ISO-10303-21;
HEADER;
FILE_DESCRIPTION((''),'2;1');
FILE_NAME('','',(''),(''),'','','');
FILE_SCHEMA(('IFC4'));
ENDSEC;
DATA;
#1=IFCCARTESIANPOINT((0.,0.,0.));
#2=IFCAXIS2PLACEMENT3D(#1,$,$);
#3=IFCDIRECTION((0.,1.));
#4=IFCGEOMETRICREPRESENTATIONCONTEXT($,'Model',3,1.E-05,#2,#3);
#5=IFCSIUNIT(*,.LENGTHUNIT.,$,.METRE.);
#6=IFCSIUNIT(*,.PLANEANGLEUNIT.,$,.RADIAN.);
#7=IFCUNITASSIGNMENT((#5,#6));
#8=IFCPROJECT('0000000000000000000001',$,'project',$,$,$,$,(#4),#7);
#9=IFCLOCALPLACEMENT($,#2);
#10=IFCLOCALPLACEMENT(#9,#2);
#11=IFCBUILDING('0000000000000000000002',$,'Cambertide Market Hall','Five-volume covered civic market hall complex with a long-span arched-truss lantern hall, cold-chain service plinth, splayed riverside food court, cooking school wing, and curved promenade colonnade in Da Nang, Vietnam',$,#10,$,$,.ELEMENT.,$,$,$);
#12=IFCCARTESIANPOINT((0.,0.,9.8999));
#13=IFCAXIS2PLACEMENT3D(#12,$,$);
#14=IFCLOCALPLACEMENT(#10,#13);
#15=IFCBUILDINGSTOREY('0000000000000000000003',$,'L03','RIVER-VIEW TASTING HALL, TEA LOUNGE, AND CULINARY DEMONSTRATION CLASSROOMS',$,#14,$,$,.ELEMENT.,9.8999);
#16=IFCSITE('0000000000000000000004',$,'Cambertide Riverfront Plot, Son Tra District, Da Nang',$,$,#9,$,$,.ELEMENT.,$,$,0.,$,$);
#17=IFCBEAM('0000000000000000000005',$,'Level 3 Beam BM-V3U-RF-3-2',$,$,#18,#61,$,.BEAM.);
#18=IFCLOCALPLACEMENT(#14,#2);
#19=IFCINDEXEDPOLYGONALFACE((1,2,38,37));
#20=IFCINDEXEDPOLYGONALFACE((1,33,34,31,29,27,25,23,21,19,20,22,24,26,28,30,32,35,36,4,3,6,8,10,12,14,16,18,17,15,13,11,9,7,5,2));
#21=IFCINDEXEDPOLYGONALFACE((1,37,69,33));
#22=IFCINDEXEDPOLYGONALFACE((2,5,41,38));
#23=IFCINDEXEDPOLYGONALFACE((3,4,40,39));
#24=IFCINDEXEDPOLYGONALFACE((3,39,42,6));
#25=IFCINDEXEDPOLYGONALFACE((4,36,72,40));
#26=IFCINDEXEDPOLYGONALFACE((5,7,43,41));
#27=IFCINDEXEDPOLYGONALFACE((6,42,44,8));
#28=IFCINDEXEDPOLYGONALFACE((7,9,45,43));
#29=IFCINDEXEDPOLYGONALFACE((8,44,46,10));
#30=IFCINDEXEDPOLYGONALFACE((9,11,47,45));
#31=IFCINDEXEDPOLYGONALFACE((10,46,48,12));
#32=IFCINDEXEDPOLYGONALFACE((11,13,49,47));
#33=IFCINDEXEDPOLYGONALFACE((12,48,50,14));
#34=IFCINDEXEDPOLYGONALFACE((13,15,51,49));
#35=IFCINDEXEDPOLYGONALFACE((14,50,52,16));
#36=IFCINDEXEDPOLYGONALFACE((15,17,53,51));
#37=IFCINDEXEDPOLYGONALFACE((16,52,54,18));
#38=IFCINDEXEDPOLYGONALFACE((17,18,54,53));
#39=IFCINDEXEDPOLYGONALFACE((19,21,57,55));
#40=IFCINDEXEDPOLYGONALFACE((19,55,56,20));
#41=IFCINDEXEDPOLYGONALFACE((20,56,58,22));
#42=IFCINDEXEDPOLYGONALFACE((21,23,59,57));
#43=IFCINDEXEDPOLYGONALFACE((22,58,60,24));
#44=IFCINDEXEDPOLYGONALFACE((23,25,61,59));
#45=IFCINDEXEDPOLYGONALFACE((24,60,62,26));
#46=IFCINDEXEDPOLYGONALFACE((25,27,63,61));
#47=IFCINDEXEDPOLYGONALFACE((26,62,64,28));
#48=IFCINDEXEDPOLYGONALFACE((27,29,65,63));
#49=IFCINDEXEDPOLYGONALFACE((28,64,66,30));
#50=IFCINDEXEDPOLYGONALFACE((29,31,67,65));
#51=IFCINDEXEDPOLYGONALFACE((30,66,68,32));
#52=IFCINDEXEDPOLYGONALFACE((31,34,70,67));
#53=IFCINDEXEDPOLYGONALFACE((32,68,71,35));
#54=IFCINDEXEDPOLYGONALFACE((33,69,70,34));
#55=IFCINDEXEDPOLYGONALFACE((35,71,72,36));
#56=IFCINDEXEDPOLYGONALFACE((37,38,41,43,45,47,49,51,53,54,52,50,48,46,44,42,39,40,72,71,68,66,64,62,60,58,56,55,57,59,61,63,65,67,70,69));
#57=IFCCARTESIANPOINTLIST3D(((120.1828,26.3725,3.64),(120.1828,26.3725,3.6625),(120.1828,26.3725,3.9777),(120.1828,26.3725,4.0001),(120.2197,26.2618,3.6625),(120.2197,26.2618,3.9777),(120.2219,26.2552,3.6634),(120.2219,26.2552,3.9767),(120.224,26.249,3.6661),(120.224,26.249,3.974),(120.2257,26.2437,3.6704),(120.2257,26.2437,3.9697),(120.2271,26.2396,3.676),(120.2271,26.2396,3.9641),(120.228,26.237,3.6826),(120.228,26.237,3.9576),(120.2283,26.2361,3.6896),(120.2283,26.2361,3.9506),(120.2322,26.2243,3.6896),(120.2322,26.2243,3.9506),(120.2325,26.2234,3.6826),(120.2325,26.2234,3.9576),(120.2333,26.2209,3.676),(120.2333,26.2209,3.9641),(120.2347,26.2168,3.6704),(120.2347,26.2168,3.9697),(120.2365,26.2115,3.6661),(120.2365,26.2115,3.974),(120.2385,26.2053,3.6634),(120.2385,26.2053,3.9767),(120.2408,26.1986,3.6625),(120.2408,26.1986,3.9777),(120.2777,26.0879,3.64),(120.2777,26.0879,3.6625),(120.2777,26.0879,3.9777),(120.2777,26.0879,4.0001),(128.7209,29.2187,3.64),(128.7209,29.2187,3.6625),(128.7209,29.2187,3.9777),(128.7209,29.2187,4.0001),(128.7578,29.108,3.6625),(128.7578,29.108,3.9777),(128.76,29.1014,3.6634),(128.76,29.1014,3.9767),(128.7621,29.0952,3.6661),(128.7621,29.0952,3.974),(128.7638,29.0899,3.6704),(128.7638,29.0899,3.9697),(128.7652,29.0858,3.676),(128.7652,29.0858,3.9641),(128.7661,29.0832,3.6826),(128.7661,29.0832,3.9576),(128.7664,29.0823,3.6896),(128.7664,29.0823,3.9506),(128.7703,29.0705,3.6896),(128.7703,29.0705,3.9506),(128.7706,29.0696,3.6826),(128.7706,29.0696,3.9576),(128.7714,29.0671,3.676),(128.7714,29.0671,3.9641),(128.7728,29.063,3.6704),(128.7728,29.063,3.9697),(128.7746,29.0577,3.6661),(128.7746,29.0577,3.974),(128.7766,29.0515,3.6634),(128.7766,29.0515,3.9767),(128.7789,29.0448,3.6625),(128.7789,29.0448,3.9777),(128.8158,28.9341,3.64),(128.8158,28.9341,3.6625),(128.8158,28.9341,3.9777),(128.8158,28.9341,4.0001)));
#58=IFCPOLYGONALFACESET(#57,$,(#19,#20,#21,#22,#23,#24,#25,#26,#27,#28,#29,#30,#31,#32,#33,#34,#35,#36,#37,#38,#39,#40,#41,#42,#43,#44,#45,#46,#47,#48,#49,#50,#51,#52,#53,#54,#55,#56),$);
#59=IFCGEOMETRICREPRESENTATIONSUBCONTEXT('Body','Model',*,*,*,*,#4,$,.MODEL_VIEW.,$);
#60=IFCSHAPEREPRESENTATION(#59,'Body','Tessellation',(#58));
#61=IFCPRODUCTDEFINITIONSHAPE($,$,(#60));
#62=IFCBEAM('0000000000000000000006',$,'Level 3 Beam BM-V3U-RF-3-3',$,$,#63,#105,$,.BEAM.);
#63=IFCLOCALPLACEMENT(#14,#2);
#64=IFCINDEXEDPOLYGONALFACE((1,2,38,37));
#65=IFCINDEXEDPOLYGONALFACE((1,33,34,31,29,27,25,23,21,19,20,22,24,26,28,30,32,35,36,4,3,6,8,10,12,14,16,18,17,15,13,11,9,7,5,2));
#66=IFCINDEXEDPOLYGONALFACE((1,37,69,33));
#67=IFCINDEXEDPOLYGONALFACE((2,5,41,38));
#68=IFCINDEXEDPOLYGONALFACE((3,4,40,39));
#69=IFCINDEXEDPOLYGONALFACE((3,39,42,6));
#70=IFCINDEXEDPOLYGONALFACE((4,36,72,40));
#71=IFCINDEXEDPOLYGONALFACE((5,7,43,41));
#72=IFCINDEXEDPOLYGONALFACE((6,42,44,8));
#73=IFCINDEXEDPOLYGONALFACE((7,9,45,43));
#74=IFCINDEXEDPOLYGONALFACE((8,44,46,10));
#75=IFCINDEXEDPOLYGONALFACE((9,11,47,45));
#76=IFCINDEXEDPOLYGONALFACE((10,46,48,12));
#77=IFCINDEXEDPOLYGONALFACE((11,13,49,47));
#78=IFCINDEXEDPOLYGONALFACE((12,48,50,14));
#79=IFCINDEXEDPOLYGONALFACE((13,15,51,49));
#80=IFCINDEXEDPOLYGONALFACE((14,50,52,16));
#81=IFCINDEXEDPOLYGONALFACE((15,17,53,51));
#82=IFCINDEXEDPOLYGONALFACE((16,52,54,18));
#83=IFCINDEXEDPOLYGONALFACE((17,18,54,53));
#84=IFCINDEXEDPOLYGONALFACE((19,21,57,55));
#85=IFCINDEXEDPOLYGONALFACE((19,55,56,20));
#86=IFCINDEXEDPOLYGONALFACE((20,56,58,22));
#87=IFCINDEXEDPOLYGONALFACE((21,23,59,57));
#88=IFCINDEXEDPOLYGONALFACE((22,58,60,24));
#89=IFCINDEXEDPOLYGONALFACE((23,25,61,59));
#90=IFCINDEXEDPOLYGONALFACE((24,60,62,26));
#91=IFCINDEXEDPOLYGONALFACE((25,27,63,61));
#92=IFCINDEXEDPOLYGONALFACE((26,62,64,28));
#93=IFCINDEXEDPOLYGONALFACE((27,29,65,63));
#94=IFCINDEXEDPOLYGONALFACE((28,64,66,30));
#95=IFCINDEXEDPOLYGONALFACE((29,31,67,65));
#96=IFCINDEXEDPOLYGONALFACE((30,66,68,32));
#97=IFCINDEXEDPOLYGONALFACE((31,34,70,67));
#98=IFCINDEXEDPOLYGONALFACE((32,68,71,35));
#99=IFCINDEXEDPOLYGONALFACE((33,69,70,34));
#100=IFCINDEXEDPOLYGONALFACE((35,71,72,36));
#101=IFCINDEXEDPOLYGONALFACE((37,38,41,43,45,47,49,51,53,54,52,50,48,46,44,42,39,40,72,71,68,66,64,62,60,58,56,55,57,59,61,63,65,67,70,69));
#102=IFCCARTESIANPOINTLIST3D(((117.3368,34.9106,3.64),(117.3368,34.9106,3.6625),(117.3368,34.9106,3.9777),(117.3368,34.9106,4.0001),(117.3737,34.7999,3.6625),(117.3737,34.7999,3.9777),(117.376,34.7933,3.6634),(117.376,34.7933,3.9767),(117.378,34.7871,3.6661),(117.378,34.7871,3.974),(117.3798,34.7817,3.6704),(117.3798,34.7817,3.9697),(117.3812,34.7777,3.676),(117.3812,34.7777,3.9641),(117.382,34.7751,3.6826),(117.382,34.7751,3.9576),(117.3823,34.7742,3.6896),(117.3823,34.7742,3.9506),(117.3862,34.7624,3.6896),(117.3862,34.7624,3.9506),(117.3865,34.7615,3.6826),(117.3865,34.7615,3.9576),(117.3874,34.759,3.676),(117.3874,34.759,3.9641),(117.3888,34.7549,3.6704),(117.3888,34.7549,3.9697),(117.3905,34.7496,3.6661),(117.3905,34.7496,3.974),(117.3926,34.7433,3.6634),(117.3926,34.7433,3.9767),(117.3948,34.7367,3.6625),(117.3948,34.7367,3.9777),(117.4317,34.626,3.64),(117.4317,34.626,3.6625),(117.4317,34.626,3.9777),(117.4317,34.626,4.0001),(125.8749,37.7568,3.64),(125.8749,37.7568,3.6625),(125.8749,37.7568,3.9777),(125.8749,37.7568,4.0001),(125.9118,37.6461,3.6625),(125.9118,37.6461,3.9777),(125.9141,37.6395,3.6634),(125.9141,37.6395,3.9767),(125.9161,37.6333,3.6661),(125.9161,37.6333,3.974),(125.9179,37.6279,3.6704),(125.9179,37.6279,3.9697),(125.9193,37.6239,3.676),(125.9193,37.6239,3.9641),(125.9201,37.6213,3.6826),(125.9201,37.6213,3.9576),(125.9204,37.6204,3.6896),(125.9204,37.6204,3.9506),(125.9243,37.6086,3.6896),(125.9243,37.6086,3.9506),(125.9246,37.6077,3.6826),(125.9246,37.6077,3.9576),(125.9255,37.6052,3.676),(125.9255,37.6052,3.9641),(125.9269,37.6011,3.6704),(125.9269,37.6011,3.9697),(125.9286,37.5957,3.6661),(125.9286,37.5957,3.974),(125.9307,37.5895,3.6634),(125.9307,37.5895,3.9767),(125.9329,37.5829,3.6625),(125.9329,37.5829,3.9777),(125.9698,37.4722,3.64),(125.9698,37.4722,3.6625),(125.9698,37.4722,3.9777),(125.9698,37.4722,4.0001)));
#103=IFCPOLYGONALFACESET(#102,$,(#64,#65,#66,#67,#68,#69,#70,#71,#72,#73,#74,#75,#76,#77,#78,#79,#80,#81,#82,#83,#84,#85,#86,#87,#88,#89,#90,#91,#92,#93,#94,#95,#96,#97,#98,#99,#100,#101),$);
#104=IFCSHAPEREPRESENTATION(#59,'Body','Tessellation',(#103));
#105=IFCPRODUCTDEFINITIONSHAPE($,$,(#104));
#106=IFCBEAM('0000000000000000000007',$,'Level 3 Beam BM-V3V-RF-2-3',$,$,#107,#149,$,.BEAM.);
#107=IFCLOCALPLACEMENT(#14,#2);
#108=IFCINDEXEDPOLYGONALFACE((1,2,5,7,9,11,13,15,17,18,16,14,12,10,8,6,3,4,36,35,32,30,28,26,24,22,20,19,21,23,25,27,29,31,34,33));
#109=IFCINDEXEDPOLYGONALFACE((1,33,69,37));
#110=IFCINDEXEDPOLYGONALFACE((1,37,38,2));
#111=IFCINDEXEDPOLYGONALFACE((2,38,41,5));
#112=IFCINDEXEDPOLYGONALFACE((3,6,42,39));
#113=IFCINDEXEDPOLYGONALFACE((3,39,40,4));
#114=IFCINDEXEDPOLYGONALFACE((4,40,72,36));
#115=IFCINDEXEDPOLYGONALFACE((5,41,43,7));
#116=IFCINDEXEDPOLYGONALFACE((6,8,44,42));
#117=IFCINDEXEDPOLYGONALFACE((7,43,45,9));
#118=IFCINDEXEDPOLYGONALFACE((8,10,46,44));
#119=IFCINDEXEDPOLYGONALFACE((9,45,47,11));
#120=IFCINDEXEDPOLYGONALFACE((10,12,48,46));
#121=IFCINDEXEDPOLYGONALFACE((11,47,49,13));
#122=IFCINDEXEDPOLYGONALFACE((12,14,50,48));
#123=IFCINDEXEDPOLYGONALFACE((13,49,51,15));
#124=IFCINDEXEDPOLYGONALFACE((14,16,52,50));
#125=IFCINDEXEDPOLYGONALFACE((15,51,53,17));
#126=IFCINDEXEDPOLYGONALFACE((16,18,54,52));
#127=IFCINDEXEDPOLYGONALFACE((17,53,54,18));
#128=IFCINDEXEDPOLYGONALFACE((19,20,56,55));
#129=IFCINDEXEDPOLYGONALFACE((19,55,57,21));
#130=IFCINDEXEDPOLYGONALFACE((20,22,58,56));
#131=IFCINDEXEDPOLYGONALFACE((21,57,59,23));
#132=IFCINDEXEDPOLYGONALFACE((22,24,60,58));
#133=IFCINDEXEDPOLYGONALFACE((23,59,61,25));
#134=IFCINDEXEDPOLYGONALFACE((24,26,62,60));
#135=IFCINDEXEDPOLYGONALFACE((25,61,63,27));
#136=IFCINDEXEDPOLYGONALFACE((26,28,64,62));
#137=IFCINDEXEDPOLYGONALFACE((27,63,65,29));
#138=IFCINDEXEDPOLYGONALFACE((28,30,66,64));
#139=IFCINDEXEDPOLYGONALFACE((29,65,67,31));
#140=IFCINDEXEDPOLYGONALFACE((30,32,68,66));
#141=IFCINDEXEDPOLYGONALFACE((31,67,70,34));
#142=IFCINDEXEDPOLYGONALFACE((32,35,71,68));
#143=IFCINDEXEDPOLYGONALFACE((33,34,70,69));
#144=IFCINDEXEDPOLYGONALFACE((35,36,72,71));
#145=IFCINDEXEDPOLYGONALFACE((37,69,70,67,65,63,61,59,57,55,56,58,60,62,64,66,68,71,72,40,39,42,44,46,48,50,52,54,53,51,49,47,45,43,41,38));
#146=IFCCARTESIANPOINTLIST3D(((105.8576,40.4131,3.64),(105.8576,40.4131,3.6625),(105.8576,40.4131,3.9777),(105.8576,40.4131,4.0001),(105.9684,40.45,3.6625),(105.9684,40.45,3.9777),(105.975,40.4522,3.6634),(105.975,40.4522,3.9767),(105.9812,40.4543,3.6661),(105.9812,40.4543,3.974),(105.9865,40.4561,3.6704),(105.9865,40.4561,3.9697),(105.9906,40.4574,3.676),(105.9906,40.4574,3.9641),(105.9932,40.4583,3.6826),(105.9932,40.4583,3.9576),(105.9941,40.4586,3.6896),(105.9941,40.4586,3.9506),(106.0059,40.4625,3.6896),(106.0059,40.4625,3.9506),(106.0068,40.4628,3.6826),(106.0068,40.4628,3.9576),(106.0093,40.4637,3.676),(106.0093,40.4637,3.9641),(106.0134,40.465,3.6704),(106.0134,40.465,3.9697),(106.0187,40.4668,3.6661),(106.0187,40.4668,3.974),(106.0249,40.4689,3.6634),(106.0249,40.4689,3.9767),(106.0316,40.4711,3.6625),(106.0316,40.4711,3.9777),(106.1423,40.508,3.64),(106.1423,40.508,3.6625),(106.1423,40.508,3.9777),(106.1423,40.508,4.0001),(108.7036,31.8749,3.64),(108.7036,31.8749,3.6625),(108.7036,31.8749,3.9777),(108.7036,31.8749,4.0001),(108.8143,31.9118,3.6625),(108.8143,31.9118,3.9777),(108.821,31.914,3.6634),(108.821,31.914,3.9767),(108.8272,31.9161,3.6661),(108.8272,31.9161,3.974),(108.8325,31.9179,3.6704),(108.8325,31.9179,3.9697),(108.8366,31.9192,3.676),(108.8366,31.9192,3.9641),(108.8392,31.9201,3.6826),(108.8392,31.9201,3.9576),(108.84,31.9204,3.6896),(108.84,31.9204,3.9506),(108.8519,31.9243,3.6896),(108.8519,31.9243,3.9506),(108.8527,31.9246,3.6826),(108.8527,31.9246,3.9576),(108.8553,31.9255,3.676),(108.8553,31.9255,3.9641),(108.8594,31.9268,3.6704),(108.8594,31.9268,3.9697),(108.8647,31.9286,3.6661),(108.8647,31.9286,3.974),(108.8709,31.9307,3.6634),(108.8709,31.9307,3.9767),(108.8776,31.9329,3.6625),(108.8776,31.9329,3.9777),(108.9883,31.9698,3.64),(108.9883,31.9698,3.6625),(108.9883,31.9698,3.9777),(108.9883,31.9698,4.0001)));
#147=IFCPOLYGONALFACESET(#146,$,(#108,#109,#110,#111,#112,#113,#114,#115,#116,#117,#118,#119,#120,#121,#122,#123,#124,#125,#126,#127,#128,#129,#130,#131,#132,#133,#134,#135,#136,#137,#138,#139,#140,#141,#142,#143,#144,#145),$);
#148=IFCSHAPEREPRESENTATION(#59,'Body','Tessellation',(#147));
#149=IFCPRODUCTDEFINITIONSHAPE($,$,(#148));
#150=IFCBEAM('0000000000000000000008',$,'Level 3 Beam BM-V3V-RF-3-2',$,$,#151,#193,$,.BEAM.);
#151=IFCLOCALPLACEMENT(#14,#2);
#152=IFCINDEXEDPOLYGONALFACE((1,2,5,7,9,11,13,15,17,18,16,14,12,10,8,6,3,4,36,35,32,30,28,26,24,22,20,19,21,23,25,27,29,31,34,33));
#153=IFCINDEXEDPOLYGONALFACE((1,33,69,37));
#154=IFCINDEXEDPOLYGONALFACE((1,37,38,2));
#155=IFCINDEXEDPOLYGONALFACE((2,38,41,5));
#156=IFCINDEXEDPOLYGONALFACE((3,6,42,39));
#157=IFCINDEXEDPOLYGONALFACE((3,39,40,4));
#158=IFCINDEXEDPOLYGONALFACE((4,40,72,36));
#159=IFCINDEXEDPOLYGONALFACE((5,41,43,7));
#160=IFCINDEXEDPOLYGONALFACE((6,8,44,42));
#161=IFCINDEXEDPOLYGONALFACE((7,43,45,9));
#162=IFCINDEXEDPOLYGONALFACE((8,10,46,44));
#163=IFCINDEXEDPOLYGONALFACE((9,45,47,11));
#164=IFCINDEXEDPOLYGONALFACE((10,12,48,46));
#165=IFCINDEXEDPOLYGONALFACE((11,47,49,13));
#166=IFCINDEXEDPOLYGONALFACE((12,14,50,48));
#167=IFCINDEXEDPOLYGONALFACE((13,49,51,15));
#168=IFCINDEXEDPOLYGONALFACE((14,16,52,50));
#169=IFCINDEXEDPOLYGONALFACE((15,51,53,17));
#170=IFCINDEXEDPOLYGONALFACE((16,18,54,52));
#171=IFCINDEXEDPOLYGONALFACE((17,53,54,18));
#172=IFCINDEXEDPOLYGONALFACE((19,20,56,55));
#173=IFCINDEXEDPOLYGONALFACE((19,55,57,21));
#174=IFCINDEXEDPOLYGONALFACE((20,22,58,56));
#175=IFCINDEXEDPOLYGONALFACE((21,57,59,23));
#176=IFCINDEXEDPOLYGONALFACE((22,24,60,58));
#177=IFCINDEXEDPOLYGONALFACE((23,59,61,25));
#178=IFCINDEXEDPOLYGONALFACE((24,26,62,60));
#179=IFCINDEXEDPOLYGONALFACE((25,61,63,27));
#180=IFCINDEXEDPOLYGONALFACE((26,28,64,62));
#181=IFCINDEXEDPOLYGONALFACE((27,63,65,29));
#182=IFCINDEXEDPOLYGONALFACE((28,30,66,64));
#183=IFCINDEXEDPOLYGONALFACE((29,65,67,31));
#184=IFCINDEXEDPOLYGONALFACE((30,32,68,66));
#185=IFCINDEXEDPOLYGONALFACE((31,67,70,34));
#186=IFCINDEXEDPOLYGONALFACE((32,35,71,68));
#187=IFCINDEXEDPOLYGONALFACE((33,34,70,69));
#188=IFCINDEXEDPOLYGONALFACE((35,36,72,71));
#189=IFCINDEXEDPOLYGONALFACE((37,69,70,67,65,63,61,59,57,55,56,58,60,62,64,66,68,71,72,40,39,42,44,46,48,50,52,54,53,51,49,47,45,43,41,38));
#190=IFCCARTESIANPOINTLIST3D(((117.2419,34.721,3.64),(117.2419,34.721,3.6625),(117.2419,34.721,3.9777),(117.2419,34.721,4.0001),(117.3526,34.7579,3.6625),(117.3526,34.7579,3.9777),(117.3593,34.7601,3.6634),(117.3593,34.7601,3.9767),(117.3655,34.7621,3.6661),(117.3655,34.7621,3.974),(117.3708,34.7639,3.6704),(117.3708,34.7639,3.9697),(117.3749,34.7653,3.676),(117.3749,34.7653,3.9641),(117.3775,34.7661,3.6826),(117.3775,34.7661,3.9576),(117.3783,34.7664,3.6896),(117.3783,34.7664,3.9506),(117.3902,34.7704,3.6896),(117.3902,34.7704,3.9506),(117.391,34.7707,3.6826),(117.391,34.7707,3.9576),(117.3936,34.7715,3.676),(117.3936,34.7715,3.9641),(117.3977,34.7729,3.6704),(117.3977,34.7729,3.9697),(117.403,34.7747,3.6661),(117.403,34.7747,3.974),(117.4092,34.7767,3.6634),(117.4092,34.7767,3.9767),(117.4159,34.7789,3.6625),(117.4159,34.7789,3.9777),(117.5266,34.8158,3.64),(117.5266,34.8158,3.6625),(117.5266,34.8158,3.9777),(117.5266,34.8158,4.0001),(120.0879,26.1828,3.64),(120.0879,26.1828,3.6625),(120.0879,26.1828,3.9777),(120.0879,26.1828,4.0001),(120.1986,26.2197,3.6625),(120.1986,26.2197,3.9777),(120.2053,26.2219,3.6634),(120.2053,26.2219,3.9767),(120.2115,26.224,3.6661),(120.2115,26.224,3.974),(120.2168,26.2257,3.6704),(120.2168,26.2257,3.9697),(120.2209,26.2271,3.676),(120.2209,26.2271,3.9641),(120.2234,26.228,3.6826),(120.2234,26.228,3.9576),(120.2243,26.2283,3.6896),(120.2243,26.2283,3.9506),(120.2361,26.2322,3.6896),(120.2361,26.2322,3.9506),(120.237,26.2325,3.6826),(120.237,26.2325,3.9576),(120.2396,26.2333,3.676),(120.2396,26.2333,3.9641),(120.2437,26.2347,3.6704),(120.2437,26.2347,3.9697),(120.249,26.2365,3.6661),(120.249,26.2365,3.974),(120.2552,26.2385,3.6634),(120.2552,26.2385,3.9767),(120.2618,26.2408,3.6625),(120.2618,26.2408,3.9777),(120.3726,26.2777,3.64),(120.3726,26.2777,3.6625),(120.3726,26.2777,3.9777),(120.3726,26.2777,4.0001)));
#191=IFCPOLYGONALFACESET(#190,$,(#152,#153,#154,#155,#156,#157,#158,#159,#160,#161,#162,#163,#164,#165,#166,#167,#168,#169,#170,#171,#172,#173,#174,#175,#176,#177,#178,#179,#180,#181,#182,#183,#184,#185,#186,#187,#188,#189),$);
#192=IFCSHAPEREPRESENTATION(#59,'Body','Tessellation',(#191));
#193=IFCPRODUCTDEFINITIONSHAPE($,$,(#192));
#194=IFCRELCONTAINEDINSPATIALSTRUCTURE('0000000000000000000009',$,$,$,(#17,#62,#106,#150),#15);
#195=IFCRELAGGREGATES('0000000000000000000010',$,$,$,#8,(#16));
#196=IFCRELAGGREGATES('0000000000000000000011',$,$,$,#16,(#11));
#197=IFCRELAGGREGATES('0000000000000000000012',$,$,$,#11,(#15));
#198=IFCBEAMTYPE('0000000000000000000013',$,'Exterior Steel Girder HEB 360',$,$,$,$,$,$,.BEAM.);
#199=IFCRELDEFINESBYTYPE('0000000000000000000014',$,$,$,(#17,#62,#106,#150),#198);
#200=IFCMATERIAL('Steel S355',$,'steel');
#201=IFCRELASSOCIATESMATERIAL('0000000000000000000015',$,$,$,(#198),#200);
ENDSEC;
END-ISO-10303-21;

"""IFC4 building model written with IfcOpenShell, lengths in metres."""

from ifc_helpers import new_model, si_unit, direction, frame, origin, origin_2d, place, context, subcontext, project, spatial, i_section, extrude, material, material_profile, profile_set, type_object, element, save


model = new_model("IFC4")

# Units and contexts
model_context = context("Model", 3, precision=1e-05, world=origin(), true_north=direction((0.0, 1.0)))
body_context = subcontext(model_context, "Body", "Model", "MODEL_VIEW")
ifc_project = project(units=[si_unit("LENGTHUNIT", "METRE"), si_unit("PLANEANGLEUNIT", "RADIAN")], contexts=[model_context])

# Site, building, storey
site_placement = place(None, origin())
site = spatial("IfcSite", under=ifc_project, at=site_placement, Name="Cambertide Riverfront Plot, Son Tra District, Da Nang", CompositionType="ELEMENT", RefElevation=0.0)
building_placement = place(site_placement, origin())
building = spatial("IfcBuilding", under=site, at=building_placement, Name="Cambertide Market Hall", Description="Five-volume covered civic market hall complex with a long-span arched-truss lantern hall, cold-chain service plinth, splayed riverside food court, cooking school wing, and curved promenade colonnade in Da Nang, Vietnam", CompositionType="ELEMENT")
storey_placement = place(building_placement, frame((0.0, 0.0, 9.8999)))
storey = spatial("IfcBuildingStorey", under=building, at=storey_placement, Name="L03", Description="RIVER-VIEW TASTING HALL, TEA LOUNGE, AND CULINARY DEMONSTRATION CLASSROOMS", CompositionType="ELEMENT", Elevation=9.8999)

# Beams
ifc_material_1 = material(Name="Steel S355", Category="steel")
ifc_material_profile_1 = material_profile(ifc_material_1, i_section(OverallWidth=0.3, OverallDepth=0.3601, WebThickness=0.0125, FlangeThickness=0.0225, FilletRadius=0.0271, at=origin_2d()), Name="HEB 360")
ifc_profile_set_1 = profile_set([ifc_material_profile_1], Name="Steel S355")
beam_type_1 = type_object("IfcBeamType", Name="Exterior Steel Girder HEB 360", PredefinedType="BEAM", material=ifc_profile_set_1)
for number, where, z_axis, x_axis, name in (
    (1, (120.2302, 26.2302, 3.8201), (0.948678, 0.316244, 0.0), (-0.316244, 0.948678, 0.0), "Level 3 Beam BM-V3U-RF-3-2"),
    (2, (117.3843, 34.7683, 3.8201), (0.948678, 0.316244, 0.0), (-0.316244, 0.948678, 0.0), "Level 3 Beam BM-V3U-RF-3-3"),
    (3, (108.8459, 31.9224, 3.8201), (-0.31622, 0.948686, 0.0), (-0.948686, -0.31622, 0.0), "Level 3 Beam BM-V3V-RF-2-3"),
    (4, (120.2302, 26.2302, 3.8201), (-0.31622, 0.948686, 0.0), (-0.948686, -0.31622, 0.0), "Level 3 Beam BM-V3V-RF-3-2"),
):
    element("IfcBeam", number, at=place(storey_placement, frame(where, z_axis=z_axis, x_axis=x_axis)), inside=storey, type_object=beam_type_1, Name=name, PredefinedType="BEAM", context=body_context, shape_type="SweptSolid", body=[
        extrude(i_section(OverallWidth=0.3, OverallDepth=0.3601, WebThickness=0.0125, FlangeThickness=0.0225, FilletRadius=0.0271, at=origin_2d()), origin(), (0.0, 0.0, 1.0), 9.0),
    ])

save(model, "model.ifc")
